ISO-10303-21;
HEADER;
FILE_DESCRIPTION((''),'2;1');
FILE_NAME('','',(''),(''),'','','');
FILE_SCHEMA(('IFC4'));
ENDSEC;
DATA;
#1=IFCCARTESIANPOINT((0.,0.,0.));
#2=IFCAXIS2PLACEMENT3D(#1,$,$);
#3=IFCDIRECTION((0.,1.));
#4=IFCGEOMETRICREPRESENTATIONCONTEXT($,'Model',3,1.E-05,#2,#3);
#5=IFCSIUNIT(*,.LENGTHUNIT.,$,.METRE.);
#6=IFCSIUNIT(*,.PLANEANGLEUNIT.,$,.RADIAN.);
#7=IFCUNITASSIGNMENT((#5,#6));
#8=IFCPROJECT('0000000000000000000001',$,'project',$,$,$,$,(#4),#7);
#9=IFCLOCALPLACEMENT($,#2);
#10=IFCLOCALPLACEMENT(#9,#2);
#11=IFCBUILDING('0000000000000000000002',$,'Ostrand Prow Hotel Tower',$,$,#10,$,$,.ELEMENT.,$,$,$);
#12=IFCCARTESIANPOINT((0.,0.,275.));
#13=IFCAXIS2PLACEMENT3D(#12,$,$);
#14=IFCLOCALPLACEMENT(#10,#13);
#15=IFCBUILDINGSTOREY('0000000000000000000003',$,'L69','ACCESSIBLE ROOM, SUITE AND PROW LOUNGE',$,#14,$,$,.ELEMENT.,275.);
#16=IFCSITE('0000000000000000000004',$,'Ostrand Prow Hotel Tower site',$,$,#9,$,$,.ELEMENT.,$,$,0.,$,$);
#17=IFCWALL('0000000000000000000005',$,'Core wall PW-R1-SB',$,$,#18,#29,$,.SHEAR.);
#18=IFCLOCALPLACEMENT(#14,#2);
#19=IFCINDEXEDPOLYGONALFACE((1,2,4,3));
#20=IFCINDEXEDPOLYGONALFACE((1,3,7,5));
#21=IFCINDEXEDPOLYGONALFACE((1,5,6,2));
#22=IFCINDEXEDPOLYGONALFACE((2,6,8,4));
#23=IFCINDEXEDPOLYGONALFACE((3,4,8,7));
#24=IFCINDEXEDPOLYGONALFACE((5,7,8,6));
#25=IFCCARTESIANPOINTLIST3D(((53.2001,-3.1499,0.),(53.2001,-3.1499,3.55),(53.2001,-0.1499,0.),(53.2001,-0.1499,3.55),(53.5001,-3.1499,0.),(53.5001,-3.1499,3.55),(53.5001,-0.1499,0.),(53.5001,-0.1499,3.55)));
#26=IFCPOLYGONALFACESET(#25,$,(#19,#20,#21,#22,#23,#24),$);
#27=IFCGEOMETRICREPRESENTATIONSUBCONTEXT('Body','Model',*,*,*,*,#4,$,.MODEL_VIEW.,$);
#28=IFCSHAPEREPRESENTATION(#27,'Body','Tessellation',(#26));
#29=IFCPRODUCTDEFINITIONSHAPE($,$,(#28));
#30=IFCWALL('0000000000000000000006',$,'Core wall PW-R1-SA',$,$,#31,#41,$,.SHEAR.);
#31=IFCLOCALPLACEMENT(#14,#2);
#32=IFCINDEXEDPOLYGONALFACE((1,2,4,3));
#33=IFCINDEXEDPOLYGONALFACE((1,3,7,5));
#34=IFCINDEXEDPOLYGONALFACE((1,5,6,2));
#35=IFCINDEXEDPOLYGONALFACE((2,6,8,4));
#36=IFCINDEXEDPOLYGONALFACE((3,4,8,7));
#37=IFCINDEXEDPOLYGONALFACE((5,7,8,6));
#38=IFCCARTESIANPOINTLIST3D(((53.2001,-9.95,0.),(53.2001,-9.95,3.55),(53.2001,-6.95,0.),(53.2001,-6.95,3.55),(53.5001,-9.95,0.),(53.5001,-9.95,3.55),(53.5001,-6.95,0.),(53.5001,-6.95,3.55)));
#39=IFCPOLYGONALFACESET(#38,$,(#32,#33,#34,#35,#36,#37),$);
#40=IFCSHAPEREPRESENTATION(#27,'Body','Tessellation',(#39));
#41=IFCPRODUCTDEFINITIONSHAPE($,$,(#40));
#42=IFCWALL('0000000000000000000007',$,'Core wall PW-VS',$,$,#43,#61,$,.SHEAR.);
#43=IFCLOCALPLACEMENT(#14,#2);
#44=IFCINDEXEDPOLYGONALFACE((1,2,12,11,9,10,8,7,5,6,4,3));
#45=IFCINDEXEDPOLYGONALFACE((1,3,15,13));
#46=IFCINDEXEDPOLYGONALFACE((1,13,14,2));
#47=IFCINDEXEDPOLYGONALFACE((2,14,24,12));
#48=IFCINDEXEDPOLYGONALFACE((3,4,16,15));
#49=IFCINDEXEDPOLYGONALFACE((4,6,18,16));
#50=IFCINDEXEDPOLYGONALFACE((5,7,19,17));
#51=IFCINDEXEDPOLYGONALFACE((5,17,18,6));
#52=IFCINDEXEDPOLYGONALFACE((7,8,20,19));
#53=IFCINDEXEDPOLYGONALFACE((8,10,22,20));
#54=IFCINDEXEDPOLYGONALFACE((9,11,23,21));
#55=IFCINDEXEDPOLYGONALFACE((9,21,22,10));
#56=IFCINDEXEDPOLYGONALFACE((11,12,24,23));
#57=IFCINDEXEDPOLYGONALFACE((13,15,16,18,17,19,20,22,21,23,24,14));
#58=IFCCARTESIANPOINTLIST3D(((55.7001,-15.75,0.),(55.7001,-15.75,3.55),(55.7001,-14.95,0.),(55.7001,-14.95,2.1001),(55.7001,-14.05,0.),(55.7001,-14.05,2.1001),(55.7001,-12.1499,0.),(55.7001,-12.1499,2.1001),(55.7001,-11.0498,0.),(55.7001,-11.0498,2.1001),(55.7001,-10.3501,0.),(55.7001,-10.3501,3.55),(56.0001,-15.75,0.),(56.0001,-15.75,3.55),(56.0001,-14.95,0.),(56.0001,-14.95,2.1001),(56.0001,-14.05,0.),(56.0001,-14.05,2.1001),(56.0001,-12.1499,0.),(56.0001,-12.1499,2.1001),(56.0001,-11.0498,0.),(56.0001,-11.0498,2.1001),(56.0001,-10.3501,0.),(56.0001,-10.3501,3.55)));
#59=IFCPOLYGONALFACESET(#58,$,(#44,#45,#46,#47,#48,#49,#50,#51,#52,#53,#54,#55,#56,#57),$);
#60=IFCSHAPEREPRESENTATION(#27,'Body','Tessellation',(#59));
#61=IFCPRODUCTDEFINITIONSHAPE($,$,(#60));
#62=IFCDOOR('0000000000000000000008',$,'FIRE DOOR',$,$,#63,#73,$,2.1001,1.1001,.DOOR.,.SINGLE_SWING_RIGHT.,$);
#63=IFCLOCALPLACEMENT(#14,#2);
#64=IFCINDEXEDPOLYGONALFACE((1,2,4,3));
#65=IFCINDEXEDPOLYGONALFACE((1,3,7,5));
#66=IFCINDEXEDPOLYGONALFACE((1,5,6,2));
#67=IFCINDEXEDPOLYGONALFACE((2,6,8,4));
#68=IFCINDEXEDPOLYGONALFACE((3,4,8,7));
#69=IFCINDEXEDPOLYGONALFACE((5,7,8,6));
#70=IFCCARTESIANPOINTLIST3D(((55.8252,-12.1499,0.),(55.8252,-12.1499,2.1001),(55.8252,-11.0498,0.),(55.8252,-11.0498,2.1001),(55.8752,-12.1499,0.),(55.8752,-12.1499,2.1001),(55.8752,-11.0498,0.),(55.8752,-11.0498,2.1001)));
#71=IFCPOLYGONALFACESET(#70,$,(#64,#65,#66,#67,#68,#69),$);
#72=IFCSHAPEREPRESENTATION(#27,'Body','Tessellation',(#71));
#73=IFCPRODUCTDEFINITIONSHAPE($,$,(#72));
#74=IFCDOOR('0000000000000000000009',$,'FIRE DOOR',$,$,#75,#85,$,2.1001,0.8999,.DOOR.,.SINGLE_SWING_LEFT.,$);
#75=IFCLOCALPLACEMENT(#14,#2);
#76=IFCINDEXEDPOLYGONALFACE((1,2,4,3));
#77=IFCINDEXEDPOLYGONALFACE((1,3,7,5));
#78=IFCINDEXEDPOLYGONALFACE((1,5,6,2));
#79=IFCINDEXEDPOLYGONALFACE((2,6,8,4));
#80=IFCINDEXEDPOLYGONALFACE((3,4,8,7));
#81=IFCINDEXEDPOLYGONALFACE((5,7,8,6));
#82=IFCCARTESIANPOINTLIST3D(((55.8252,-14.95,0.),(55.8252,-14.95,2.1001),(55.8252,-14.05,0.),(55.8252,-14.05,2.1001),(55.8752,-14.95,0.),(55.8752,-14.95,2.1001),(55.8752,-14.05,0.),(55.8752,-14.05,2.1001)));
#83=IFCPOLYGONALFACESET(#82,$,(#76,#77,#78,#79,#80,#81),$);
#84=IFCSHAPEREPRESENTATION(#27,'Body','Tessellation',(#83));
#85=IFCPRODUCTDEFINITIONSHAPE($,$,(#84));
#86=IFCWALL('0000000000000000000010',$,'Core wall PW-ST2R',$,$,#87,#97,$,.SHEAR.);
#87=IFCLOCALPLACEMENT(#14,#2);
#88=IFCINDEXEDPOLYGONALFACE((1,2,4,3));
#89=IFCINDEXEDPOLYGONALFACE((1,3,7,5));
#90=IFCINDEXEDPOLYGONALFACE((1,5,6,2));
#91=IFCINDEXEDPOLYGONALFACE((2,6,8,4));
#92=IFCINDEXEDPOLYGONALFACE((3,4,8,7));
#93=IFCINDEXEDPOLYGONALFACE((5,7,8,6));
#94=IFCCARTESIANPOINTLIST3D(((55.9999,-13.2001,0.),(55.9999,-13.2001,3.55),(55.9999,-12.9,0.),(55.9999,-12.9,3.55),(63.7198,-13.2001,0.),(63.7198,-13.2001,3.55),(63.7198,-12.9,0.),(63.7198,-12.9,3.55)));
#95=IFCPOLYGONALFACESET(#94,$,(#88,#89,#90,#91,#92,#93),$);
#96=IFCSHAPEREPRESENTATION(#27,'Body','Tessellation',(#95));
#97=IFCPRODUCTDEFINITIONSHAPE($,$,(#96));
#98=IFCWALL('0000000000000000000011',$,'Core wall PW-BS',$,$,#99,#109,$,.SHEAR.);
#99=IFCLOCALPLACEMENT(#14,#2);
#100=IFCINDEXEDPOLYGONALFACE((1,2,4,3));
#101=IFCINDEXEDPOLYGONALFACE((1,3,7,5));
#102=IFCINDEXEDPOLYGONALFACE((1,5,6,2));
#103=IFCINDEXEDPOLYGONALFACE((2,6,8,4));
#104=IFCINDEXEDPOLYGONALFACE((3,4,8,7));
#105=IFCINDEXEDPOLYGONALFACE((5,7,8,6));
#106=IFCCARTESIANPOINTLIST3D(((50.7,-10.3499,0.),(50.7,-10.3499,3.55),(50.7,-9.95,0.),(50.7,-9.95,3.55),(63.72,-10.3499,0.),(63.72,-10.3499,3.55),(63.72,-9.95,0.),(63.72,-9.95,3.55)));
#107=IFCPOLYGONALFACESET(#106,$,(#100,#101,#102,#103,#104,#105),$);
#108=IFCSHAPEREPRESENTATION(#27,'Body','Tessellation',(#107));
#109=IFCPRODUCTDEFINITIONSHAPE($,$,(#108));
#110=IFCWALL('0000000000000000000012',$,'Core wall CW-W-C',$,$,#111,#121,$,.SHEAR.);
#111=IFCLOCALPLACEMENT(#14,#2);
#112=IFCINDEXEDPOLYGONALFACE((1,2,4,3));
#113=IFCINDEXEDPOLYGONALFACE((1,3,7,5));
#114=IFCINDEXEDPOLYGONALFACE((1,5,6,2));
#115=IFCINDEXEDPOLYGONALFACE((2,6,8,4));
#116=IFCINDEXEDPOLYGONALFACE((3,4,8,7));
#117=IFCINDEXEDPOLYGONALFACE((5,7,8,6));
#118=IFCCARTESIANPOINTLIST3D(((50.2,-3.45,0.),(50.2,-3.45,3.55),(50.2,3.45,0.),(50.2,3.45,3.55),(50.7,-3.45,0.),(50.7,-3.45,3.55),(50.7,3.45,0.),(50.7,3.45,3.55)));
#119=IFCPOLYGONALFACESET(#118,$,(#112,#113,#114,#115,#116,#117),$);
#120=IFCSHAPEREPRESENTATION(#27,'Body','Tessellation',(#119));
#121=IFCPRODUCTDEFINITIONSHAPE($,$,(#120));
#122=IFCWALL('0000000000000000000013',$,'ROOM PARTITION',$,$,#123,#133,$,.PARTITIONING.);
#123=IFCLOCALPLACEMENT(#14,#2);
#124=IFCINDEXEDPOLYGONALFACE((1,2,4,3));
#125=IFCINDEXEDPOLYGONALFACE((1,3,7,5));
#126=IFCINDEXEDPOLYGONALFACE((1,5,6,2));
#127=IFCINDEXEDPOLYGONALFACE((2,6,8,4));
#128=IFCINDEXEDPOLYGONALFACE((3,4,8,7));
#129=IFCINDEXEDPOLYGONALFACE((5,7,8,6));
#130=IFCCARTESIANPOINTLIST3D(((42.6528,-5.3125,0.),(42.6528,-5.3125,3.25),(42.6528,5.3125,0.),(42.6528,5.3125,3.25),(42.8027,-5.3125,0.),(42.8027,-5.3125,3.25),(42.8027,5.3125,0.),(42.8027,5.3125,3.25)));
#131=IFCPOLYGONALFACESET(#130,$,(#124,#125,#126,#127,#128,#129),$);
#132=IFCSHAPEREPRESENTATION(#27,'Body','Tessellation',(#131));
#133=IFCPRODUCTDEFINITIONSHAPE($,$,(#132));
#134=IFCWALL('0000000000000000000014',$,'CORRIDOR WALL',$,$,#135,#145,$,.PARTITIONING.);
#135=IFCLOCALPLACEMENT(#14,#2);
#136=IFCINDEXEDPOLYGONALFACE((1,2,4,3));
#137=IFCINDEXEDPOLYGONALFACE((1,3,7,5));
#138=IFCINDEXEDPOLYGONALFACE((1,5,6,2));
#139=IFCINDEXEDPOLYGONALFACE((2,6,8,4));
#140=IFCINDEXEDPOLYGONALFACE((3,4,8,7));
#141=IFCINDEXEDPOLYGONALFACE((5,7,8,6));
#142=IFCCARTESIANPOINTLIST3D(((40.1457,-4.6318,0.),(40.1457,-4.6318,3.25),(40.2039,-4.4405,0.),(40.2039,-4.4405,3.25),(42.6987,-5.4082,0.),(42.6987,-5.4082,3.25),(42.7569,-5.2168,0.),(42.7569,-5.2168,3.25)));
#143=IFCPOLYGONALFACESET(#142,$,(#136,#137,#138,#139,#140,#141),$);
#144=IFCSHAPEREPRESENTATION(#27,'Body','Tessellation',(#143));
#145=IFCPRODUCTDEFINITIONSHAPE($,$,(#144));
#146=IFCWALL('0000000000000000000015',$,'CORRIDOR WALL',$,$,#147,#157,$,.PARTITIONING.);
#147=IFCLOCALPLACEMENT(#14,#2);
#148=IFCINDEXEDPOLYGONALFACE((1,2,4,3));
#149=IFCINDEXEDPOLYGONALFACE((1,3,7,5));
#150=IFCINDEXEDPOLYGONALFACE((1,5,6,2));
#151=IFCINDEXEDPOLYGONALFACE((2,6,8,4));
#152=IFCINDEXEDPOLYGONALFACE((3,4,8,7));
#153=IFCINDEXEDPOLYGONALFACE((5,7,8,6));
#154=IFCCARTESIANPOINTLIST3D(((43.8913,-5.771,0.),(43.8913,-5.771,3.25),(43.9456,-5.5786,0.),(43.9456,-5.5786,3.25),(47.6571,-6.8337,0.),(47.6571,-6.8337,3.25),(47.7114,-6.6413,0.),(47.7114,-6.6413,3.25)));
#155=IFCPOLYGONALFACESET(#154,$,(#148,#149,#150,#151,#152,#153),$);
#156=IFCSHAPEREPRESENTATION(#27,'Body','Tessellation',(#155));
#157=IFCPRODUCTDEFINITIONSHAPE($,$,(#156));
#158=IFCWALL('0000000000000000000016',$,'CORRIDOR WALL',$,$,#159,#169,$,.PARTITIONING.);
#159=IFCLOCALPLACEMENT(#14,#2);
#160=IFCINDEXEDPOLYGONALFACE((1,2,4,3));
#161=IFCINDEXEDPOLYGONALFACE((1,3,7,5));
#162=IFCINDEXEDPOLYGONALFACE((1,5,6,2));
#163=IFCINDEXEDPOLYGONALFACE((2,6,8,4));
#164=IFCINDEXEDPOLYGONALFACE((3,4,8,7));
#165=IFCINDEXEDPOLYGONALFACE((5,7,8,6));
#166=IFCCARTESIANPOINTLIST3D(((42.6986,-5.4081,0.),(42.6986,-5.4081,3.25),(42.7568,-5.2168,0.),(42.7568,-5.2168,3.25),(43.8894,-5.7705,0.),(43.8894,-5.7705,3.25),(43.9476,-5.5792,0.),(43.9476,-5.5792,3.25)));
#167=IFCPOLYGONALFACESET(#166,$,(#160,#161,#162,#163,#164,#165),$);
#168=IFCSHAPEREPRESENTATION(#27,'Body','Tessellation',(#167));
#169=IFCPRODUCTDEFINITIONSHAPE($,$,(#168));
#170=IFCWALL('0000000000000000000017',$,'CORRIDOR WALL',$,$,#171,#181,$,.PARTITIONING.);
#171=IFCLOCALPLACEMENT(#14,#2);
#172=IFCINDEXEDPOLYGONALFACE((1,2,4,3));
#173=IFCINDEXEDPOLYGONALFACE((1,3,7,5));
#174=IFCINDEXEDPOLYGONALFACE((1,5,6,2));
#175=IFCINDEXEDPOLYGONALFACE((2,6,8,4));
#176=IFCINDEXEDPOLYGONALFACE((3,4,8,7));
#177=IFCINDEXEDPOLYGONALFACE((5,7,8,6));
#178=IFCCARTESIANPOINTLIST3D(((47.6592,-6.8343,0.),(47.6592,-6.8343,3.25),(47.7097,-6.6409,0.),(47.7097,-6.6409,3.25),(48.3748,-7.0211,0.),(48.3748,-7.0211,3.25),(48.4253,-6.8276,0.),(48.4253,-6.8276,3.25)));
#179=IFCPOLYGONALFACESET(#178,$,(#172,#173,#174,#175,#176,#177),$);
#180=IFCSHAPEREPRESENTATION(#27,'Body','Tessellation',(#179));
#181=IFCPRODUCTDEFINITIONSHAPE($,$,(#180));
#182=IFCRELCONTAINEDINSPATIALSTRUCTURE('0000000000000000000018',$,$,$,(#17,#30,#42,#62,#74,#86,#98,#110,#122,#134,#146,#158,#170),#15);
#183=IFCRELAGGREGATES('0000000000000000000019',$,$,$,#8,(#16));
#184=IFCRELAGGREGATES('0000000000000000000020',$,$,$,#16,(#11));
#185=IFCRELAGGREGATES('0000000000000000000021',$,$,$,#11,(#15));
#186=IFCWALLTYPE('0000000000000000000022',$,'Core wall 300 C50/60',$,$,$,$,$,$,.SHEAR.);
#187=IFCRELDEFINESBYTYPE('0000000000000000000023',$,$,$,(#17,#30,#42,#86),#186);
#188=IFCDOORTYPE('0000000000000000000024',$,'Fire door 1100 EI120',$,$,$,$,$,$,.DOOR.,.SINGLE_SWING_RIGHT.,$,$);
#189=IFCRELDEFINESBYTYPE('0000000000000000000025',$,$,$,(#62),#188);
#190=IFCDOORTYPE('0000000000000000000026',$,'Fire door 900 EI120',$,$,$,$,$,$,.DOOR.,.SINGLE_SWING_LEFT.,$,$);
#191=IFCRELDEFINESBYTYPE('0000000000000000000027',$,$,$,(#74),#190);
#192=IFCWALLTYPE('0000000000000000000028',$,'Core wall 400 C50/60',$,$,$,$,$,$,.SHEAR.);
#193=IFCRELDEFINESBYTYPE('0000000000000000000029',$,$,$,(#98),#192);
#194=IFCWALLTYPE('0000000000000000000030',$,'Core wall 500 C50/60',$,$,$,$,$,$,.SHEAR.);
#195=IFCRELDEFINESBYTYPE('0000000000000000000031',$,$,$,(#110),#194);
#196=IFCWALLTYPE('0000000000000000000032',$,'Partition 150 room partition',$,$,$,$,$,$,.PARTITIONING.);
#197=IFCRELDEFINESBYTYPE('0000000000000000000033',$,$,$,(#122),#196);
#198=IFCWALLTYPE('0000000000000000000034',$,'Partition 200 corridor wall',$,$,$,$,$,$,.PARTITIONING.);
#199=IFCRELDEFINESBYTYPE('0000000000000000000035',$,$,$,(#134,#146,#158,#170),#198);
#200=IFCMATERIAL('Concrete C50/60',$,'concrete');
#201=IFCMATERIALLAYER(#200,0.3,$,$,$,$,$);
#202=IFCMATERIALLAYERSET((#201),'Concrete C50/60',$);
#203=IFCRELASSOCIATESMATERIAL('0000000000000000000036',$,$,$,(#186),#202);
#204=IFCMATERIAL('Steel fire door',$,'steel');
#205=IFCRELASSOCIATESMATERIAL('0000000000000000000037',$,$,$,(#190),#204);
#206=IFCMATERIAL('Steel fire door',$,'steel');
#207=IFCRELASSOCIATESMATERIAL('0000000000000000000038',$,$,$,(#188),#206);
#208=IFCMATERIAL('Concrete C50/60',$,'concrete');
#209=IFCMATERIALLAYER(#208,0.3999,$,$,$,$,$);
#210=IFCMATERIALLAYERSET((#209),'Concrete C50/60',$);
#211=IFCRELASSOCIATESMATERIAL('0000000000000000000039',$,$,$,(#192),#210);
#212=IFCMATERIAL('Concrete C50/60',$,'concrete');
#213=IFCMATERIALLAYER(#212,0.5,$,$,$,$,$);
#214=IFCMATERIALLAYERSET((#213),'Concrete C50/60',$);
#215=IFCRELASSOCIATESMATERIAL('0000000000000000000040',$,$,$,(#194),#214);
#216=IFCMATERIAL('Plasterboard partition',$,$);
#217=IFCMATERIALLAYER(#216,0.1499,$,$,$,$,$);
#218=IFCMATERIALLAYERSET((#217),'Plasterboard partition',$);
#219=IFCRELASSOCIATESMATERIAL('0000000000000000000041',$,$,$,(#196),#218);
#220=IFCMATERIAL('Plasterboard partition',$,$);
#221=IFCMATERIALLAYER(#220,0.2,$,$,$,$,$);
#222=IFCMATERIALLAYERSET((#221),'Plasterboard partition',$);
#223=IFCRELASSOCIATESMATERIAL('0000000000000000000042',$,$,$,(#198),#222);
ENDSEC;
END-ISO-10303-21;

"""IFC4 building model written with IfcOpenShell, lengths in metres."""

from ifc_helpers import new_model, si_unit, direction, frame, frame_2d, origin, place, context, subcontext, project, spatial, rectangle, extrude, material, layer, layer_set, type_object, element, fill, save


model = new_model("IFC4")

# Units and contexts
model_context = context("Model", 3, precision=1e-05, world=origin(), true_north=direction((0.0, 1.0)))
body_context = subcontext(model_context, "Body", "Model", "MODEL_VIEW")
ifc_project = project(units=[si_unit("LENGTHUNIT", "METRE"), si_unit("PLANEANGLEUNIT", "RADIAN")], contexts=[model_context])

# Site, building, storey
site_placement = place(None, origin())
site = spatial("IfcSite", under=ifc_project, at=site_placement, Name="Ostrand Prow Hotel Tower site", CompositionType="ELEMENT", RefElevation=0.0)
building_placement = place(site_placement, origin())
building = spatial("IfcBuilding", under=site, at=building_placement, Name="Ostrand Prow Hotel Tower", CompositionType="ELEMENT")
storey_placement = place(building_placement, frame((0.0, 0.0, 275.0)))
storey = spatial("IfcBuildingStorey", under=building, at=storey_placement, Name="L69", Description="ACCESSIBLE ROOM, SUITE AND PROW LOUNGE", CompositionType="ELEMENT", Elevation=275.0)

# Shared definitions
ifc_material_1 = material(Name="Concrete C50/60", Category="concrete")
ifc_layer_1 = layer(ifc_material_1, 0.3)
ifc_layer_set_1 = layer_set([ifc_layer_1], Name="Concrete C50/60")
wall_type_1 = type_object("IfcWallType", Name="Core wall 300 C50/60", PredefinedType="SHEAR", material=ifc_layer_set_1)

# Shared definitions
ifc_material_2 = material(Name="Steel fire door", Category="steel")
door_type_1 = type_object("IfcDoorType", Name="Fire door 900 EI120", OperationType="SINGLE_SWING_LEFT", PredefinedType="DOOR", material=ifc_material_2)

# Walls
for number, where, z_axis, x_axis, name in (
    (1, (53.3501, -3.1499, 0.0), (0.0, 0.0, 1.0), (0.0, 1.0, 0.0), "Core wall PW-R1-SB"),
    (2, (53.3501, -9.95, 0.0), (0.0, 0.0, 1.0), (0.0, 1.0, 0.0), "Core wall PW-R1-SA"),
):
    element("IfcWall", number, at=place(storey_placement, frame(where, z_axis=z_axis, x_axis=x_axis)), inside=storey, type_object=wall_type_1, Name=name, PredefinedType="SHEAR", context=body_context, shape_type="SweptSolid", body=[
        extrude(rectangle(XDim=3.0, YDim=0.3, at=frame_2d((1.5, 0.0))), origin(), (0.0, 0.0, 1.0), 3.55),
    ])

# Wall, openings, doors
wall_1_placement = place(storey_placement, frame((55.8501, -15.75, 0.0), z_axis=(0.0, 0.0, 1.0), x_axis=(0.0, 1.0, 0.0)))
wall_1 = element("IfcWall", 3, at=wall_1_placement, inside=storey, type_object=wall_type_1, Name="Core wall PW-VS", PredefinedType="SHEAR", context=body_context, shape_type="SweptSolid", body=[
    extrude(rectangle(XDim=5.3999, YDim=0.3, at=frame_2d((2.7, 0.0))), origin(), (0.0, 0.0, 1.0), 3.55),
])
opening_1_placement = place(wall_1_placement, frame((3.6001, 0.0, 0.0)))
opening_1 = element("IfcOpeningElement", 4, at=opening_1_placement, cuts=wall_1, PredefinedType="OPENING", context=body_context, shape_type="SweptSolid", body=[
    extrude(rectangle(XDim=1.1001, YDim=2.1001, at=frame_2d((0.55, 1.05))), frame((0.0, 0.1599, 0.0), z_axis=(0.0, -1.0, 0.0), x_axis=(1.0, 0.0, 0.0)), (0.0, 0.0, 1.0), 0.3201),
])
opening_2_placement = place(wall_1_placement, frame((0.8, 0.0, 0.0)))
opening_2 = element("IfcOpeningElement", 5, at=opening_2_placement, cuts=wall_1, PredefinedType="OPENING", context=body_context, shape_type="SweptSolid", body=[
    extrude(rectangle(XDim=0.8999, YDim=2.1001, at=frame_2d((0.45, 1.05))), frame((0.0, 0.1599, 0.0), z_axis=(0.0, -1.0, 0.0), x_axis=(1.0, 0.0, 0.0)), (0.0, 0.0, 1.0), 0.3201),
])
ifc_material_3 = material(Name="Steel fire door", Category="steel")
door_type_2 = type_object("IfcDoorType", Name="Fire door 1100 EI120", OperationType="SINGLE_SWING_RIGHT", PredefinedType="DOOR", material=ifc_material_3)
door_1_placement = place(opening_1_placement, origin())
door_1 = element("IfcDoor", 6, at=door_1_placement, inside=storey, type_object=door_type_2, Name="FIRE DOOR", OperationType="SINGLE_SWING_RIGHT", OverallHeight=2.1001, OverallWidth=1.1001, PredefinedType="DOOR", context=body_context, shape_type="SweptSolid", body=[
    extrude(rectangle(XDim=1.1001, YDim=2.1001, at=frame_2d((0.55, 1.05))), frame((0.0, 0.0249, 0.0), z_axis=(0.0, -1.0, 0.0), x_axis=(1.0, 0.0, 0.0)), (0.0, 0.0, 1.0), 0.05),
])
fill(opening_1, door_1)
door_2_placement = place(opening_2_placement, origin())
door_2 = element("IfcDoor", 7, at=door_2_placement, inside=storey, type_object=door_type_1, Name="FIRE DOOR", OperationType="SINGLE_SWING_LEFT", OverallHeight=2.1001, OverallWidth=0.8999, PredefinedType="DOOR", context=body_context, shape_type="SweptSolid", body=[
    extrude(rectangle(XDim=0.8999, YDim=2.1001, at=frame_2d((0.45, 1.05))), frame((0.0, 0.0249, 0.0), z_axis=(0.0, -1.0, 0.0), x_axis=(1.0, 0.0, 0.0)), (0.0, 0.0, 1.0), 0.05),
])
fill(opening_2, door_2)

# Walls
wall_2_placement = place(storey_placement, frame((56.0, -13.05, 0.0), z_axis=(0.0, 0.0, 1.0), x_axis=(1.0, 0.0, 0.0)))
element("IfcWall", 8, at=wall_2_placement, inside=storey, type_object=wall_type_1, Name="Core wall PW-ST2R", PredefinedType="SHEAR", context=body_context, shape_type="SweptSolid", body=[
    extrude(rectangle(XDim=7.72, YDim=0.3, at=frame_2d((3.8599, 0.0))), origin(), (0.0, 0.0, 1.0), 3.55),
])
ifc_material_4 = material(Name="Concrete C50/60", Category="concrete")
ifc_layer_2 = layer(ifc_material_4, 0.3999)
ifc_layer_set_2 = layer_set([ifc_layer_2], Name="Concrete C50/60")
wall_type_2 = type_object("IfcWallType", Name="Core wall 400 C50/60", PredefinedType="SHEAR", material=ifc_layer_set_2)
wall_3_placement = place(storey_placement, frame((50.7, -10.1499, 0.0), z_axis=(0.0, 0.0, 1.0), x_axis=(1.0, 0.0, 0.0)))
element("IfcWall", 9, at=wall_3_placement, inside=storey, type_object=wall_type_2, Name="Core wall PW-BS", PredefinedType="SHEAR", context=body_context, shape_type="SweptSolid", body=[
    extrude(rectangle(XDim=13.02, YDim=0.3999, at=frame_2d((6.51, 0.0))), origin(), (0.0, 0.0, 1.0), 3.55),
])
ifc_material_5 = material(Name="Concrete C50/60", Category="concrete")
ifc_layer_3 = layer(ifc_material_5, 0.5)
ifc_layer_set_3 = layer_set([ifc_layer_3], Name="Concrete C50/60")
wall_type_3 = type_object("IfcWallType", Name="Core wall 500 C50/60", PredefinedType="SHEAR", material=ifc_layer_set_3)
wall_4_placement = place(storey_placement, frame((50.45, -3.45, 0.0), z_axis=(0.0, 0.0, 1.0), x_axis=(0.0, 1.0, 0.0)))
element("IfcWall", 10, at=wall_4_placement, inside=storey, type_object=wall_type_3, Name="Core wall CW-W-C", PredefinedType="SHEAR", context=body_context, shape_type="SweptSolid", body=[
    extrude(rectangle(XDim=6.8999, YDim=0.5, at=frame_2d((3.45, 0.0))), origin(), (0.0, 0.0, 1.0), 3.55),
])
ifc_material_6 = material(Name="Plasterboard partition")
ifc_layer_4 = layer(ifc_material_6, 0.1499)
ifc_layer_set_4 = layer_set([ifc_layer_4], Name="Plasterboard partition")
wall_type_4 = type_object("IfcWallType", Name="Partition 150 room partition", PredefinedType="PARTITIONING", material=ifc_layer_set_4)
wall_5_placement = place(storey_placement, frame((42.7278, -5.3125, 0.0), z_axis=(0.0, 0.0, 1.0), x_axis=(0.0, 1.0, 0.0)))
element("IfcWall", 11, at=wall_5_placement, inside=storey, type_object=wall_type_4, Name="ROOM PARTITION", PredefinedType="PARTITIONING", context=body_context, shape_type="SweptSolid", body=[
    extrude(rectangle(XDim=10.625, YDim=0.1499, at=frame_2d((5.3125, 0.0))), origin(), (0.0, 0.0, 1.0), 3.25),
])
ifc_material_7 = material(Name="Plasterboard partition")
ifc_layer_5 = layer(ifc_material_7, 0.2)
ifc_layer_set_5 = layer_set([ifc_layer_5], Name="Plasterboard partition")
wall_type_5 = type_object("IfcWallType", Name="Partition 200 corridor wall", PredefinedType="PARTITIONING", material=ifc_layer_set_5)
wall_6_placement = place(storey_placement, frame((42.7278, -5.3125, 0.0), z_axis=(0.0, 0.0, 1.0), x_axis=(-0.956739, 0.290947, 0.0)))
element("IfcWall", 12, at=wall_6_placement, inside=storey, type_object=wall_type_5, Name="CORRIDOR WALL", PredefinedType="PARTITIONING", context=body_context, shape_type="SweptSolid", body=[
    extrude(rectangle(XDim=2.6685, YDim=0.2, at=frame_2d((1.3342, 0.0))), origin(), (0.0, 0.0, 1.0), 3.25),
])
wall_7_placement = place(storey_placement, frame((47.6843, -6.7375, 0.0), z_axis=(0.0, 0.0, 1.0), x_axis=(-0.962411, 0.271596, 0.0)))
element("IfcWall", 13, at=wall_7_placement, inside=storey, type_object=wall_type_5, Name="CORRIDOR WALL", PredefinedType="PARTITIONING", context=body_context, shape_type="SweptSolid", body=[
    extrude(rectangle(XDim=3.9128, YDim=0.2, at=frame_2d((1.9565, 0.0))), origin(), (0.0, 0.0, 1.0), 3.25),
])
wall_8_placement = place(storey_placement, frame((43.9185, -5.6748, 0.0), z_axis=(0.0, 0.0, 1.0), x_axis=(-0.956691, 0.291107, 0.0)))
element("IfcWall", 14, at=wall_8_placement, inside=storey, type_object=wall_type_5, Name="CORRIDOR WALL", PredefinedType="PARTITIONING", context=body_context, shape_type="SweptSolid", body=[
    extrude(rectangle(XDim=1.2446, YDim=0.2, at=frame_2d((0.6223, 0.0))), origin(), (0.0, 0.0, 1.0), 3.25),
])
wall_9_placement = place(storey_placement, frame((48.3999, -6.9243, 0.0), z_axis=(0.0, 0.0, 1.0), x_axis=(-0.967586, 0.252543, 0.0)))
element("IfcWall", 15, at=wall_9_placement, inside=storey, type_object=wall_type_5, Name="CORRIDOR WALL", PredefinedType="PARTITIONING", context=body_context, shape_type="SweptSolid", body=[
    extrude(rectangle(XDim=0.7395, YDim=0.2, at=frame_2d((0.3696, 0.0))), origin(), (0.0, 0.0, 1.0), 3.25),
])

save(model, "model.ifc")
